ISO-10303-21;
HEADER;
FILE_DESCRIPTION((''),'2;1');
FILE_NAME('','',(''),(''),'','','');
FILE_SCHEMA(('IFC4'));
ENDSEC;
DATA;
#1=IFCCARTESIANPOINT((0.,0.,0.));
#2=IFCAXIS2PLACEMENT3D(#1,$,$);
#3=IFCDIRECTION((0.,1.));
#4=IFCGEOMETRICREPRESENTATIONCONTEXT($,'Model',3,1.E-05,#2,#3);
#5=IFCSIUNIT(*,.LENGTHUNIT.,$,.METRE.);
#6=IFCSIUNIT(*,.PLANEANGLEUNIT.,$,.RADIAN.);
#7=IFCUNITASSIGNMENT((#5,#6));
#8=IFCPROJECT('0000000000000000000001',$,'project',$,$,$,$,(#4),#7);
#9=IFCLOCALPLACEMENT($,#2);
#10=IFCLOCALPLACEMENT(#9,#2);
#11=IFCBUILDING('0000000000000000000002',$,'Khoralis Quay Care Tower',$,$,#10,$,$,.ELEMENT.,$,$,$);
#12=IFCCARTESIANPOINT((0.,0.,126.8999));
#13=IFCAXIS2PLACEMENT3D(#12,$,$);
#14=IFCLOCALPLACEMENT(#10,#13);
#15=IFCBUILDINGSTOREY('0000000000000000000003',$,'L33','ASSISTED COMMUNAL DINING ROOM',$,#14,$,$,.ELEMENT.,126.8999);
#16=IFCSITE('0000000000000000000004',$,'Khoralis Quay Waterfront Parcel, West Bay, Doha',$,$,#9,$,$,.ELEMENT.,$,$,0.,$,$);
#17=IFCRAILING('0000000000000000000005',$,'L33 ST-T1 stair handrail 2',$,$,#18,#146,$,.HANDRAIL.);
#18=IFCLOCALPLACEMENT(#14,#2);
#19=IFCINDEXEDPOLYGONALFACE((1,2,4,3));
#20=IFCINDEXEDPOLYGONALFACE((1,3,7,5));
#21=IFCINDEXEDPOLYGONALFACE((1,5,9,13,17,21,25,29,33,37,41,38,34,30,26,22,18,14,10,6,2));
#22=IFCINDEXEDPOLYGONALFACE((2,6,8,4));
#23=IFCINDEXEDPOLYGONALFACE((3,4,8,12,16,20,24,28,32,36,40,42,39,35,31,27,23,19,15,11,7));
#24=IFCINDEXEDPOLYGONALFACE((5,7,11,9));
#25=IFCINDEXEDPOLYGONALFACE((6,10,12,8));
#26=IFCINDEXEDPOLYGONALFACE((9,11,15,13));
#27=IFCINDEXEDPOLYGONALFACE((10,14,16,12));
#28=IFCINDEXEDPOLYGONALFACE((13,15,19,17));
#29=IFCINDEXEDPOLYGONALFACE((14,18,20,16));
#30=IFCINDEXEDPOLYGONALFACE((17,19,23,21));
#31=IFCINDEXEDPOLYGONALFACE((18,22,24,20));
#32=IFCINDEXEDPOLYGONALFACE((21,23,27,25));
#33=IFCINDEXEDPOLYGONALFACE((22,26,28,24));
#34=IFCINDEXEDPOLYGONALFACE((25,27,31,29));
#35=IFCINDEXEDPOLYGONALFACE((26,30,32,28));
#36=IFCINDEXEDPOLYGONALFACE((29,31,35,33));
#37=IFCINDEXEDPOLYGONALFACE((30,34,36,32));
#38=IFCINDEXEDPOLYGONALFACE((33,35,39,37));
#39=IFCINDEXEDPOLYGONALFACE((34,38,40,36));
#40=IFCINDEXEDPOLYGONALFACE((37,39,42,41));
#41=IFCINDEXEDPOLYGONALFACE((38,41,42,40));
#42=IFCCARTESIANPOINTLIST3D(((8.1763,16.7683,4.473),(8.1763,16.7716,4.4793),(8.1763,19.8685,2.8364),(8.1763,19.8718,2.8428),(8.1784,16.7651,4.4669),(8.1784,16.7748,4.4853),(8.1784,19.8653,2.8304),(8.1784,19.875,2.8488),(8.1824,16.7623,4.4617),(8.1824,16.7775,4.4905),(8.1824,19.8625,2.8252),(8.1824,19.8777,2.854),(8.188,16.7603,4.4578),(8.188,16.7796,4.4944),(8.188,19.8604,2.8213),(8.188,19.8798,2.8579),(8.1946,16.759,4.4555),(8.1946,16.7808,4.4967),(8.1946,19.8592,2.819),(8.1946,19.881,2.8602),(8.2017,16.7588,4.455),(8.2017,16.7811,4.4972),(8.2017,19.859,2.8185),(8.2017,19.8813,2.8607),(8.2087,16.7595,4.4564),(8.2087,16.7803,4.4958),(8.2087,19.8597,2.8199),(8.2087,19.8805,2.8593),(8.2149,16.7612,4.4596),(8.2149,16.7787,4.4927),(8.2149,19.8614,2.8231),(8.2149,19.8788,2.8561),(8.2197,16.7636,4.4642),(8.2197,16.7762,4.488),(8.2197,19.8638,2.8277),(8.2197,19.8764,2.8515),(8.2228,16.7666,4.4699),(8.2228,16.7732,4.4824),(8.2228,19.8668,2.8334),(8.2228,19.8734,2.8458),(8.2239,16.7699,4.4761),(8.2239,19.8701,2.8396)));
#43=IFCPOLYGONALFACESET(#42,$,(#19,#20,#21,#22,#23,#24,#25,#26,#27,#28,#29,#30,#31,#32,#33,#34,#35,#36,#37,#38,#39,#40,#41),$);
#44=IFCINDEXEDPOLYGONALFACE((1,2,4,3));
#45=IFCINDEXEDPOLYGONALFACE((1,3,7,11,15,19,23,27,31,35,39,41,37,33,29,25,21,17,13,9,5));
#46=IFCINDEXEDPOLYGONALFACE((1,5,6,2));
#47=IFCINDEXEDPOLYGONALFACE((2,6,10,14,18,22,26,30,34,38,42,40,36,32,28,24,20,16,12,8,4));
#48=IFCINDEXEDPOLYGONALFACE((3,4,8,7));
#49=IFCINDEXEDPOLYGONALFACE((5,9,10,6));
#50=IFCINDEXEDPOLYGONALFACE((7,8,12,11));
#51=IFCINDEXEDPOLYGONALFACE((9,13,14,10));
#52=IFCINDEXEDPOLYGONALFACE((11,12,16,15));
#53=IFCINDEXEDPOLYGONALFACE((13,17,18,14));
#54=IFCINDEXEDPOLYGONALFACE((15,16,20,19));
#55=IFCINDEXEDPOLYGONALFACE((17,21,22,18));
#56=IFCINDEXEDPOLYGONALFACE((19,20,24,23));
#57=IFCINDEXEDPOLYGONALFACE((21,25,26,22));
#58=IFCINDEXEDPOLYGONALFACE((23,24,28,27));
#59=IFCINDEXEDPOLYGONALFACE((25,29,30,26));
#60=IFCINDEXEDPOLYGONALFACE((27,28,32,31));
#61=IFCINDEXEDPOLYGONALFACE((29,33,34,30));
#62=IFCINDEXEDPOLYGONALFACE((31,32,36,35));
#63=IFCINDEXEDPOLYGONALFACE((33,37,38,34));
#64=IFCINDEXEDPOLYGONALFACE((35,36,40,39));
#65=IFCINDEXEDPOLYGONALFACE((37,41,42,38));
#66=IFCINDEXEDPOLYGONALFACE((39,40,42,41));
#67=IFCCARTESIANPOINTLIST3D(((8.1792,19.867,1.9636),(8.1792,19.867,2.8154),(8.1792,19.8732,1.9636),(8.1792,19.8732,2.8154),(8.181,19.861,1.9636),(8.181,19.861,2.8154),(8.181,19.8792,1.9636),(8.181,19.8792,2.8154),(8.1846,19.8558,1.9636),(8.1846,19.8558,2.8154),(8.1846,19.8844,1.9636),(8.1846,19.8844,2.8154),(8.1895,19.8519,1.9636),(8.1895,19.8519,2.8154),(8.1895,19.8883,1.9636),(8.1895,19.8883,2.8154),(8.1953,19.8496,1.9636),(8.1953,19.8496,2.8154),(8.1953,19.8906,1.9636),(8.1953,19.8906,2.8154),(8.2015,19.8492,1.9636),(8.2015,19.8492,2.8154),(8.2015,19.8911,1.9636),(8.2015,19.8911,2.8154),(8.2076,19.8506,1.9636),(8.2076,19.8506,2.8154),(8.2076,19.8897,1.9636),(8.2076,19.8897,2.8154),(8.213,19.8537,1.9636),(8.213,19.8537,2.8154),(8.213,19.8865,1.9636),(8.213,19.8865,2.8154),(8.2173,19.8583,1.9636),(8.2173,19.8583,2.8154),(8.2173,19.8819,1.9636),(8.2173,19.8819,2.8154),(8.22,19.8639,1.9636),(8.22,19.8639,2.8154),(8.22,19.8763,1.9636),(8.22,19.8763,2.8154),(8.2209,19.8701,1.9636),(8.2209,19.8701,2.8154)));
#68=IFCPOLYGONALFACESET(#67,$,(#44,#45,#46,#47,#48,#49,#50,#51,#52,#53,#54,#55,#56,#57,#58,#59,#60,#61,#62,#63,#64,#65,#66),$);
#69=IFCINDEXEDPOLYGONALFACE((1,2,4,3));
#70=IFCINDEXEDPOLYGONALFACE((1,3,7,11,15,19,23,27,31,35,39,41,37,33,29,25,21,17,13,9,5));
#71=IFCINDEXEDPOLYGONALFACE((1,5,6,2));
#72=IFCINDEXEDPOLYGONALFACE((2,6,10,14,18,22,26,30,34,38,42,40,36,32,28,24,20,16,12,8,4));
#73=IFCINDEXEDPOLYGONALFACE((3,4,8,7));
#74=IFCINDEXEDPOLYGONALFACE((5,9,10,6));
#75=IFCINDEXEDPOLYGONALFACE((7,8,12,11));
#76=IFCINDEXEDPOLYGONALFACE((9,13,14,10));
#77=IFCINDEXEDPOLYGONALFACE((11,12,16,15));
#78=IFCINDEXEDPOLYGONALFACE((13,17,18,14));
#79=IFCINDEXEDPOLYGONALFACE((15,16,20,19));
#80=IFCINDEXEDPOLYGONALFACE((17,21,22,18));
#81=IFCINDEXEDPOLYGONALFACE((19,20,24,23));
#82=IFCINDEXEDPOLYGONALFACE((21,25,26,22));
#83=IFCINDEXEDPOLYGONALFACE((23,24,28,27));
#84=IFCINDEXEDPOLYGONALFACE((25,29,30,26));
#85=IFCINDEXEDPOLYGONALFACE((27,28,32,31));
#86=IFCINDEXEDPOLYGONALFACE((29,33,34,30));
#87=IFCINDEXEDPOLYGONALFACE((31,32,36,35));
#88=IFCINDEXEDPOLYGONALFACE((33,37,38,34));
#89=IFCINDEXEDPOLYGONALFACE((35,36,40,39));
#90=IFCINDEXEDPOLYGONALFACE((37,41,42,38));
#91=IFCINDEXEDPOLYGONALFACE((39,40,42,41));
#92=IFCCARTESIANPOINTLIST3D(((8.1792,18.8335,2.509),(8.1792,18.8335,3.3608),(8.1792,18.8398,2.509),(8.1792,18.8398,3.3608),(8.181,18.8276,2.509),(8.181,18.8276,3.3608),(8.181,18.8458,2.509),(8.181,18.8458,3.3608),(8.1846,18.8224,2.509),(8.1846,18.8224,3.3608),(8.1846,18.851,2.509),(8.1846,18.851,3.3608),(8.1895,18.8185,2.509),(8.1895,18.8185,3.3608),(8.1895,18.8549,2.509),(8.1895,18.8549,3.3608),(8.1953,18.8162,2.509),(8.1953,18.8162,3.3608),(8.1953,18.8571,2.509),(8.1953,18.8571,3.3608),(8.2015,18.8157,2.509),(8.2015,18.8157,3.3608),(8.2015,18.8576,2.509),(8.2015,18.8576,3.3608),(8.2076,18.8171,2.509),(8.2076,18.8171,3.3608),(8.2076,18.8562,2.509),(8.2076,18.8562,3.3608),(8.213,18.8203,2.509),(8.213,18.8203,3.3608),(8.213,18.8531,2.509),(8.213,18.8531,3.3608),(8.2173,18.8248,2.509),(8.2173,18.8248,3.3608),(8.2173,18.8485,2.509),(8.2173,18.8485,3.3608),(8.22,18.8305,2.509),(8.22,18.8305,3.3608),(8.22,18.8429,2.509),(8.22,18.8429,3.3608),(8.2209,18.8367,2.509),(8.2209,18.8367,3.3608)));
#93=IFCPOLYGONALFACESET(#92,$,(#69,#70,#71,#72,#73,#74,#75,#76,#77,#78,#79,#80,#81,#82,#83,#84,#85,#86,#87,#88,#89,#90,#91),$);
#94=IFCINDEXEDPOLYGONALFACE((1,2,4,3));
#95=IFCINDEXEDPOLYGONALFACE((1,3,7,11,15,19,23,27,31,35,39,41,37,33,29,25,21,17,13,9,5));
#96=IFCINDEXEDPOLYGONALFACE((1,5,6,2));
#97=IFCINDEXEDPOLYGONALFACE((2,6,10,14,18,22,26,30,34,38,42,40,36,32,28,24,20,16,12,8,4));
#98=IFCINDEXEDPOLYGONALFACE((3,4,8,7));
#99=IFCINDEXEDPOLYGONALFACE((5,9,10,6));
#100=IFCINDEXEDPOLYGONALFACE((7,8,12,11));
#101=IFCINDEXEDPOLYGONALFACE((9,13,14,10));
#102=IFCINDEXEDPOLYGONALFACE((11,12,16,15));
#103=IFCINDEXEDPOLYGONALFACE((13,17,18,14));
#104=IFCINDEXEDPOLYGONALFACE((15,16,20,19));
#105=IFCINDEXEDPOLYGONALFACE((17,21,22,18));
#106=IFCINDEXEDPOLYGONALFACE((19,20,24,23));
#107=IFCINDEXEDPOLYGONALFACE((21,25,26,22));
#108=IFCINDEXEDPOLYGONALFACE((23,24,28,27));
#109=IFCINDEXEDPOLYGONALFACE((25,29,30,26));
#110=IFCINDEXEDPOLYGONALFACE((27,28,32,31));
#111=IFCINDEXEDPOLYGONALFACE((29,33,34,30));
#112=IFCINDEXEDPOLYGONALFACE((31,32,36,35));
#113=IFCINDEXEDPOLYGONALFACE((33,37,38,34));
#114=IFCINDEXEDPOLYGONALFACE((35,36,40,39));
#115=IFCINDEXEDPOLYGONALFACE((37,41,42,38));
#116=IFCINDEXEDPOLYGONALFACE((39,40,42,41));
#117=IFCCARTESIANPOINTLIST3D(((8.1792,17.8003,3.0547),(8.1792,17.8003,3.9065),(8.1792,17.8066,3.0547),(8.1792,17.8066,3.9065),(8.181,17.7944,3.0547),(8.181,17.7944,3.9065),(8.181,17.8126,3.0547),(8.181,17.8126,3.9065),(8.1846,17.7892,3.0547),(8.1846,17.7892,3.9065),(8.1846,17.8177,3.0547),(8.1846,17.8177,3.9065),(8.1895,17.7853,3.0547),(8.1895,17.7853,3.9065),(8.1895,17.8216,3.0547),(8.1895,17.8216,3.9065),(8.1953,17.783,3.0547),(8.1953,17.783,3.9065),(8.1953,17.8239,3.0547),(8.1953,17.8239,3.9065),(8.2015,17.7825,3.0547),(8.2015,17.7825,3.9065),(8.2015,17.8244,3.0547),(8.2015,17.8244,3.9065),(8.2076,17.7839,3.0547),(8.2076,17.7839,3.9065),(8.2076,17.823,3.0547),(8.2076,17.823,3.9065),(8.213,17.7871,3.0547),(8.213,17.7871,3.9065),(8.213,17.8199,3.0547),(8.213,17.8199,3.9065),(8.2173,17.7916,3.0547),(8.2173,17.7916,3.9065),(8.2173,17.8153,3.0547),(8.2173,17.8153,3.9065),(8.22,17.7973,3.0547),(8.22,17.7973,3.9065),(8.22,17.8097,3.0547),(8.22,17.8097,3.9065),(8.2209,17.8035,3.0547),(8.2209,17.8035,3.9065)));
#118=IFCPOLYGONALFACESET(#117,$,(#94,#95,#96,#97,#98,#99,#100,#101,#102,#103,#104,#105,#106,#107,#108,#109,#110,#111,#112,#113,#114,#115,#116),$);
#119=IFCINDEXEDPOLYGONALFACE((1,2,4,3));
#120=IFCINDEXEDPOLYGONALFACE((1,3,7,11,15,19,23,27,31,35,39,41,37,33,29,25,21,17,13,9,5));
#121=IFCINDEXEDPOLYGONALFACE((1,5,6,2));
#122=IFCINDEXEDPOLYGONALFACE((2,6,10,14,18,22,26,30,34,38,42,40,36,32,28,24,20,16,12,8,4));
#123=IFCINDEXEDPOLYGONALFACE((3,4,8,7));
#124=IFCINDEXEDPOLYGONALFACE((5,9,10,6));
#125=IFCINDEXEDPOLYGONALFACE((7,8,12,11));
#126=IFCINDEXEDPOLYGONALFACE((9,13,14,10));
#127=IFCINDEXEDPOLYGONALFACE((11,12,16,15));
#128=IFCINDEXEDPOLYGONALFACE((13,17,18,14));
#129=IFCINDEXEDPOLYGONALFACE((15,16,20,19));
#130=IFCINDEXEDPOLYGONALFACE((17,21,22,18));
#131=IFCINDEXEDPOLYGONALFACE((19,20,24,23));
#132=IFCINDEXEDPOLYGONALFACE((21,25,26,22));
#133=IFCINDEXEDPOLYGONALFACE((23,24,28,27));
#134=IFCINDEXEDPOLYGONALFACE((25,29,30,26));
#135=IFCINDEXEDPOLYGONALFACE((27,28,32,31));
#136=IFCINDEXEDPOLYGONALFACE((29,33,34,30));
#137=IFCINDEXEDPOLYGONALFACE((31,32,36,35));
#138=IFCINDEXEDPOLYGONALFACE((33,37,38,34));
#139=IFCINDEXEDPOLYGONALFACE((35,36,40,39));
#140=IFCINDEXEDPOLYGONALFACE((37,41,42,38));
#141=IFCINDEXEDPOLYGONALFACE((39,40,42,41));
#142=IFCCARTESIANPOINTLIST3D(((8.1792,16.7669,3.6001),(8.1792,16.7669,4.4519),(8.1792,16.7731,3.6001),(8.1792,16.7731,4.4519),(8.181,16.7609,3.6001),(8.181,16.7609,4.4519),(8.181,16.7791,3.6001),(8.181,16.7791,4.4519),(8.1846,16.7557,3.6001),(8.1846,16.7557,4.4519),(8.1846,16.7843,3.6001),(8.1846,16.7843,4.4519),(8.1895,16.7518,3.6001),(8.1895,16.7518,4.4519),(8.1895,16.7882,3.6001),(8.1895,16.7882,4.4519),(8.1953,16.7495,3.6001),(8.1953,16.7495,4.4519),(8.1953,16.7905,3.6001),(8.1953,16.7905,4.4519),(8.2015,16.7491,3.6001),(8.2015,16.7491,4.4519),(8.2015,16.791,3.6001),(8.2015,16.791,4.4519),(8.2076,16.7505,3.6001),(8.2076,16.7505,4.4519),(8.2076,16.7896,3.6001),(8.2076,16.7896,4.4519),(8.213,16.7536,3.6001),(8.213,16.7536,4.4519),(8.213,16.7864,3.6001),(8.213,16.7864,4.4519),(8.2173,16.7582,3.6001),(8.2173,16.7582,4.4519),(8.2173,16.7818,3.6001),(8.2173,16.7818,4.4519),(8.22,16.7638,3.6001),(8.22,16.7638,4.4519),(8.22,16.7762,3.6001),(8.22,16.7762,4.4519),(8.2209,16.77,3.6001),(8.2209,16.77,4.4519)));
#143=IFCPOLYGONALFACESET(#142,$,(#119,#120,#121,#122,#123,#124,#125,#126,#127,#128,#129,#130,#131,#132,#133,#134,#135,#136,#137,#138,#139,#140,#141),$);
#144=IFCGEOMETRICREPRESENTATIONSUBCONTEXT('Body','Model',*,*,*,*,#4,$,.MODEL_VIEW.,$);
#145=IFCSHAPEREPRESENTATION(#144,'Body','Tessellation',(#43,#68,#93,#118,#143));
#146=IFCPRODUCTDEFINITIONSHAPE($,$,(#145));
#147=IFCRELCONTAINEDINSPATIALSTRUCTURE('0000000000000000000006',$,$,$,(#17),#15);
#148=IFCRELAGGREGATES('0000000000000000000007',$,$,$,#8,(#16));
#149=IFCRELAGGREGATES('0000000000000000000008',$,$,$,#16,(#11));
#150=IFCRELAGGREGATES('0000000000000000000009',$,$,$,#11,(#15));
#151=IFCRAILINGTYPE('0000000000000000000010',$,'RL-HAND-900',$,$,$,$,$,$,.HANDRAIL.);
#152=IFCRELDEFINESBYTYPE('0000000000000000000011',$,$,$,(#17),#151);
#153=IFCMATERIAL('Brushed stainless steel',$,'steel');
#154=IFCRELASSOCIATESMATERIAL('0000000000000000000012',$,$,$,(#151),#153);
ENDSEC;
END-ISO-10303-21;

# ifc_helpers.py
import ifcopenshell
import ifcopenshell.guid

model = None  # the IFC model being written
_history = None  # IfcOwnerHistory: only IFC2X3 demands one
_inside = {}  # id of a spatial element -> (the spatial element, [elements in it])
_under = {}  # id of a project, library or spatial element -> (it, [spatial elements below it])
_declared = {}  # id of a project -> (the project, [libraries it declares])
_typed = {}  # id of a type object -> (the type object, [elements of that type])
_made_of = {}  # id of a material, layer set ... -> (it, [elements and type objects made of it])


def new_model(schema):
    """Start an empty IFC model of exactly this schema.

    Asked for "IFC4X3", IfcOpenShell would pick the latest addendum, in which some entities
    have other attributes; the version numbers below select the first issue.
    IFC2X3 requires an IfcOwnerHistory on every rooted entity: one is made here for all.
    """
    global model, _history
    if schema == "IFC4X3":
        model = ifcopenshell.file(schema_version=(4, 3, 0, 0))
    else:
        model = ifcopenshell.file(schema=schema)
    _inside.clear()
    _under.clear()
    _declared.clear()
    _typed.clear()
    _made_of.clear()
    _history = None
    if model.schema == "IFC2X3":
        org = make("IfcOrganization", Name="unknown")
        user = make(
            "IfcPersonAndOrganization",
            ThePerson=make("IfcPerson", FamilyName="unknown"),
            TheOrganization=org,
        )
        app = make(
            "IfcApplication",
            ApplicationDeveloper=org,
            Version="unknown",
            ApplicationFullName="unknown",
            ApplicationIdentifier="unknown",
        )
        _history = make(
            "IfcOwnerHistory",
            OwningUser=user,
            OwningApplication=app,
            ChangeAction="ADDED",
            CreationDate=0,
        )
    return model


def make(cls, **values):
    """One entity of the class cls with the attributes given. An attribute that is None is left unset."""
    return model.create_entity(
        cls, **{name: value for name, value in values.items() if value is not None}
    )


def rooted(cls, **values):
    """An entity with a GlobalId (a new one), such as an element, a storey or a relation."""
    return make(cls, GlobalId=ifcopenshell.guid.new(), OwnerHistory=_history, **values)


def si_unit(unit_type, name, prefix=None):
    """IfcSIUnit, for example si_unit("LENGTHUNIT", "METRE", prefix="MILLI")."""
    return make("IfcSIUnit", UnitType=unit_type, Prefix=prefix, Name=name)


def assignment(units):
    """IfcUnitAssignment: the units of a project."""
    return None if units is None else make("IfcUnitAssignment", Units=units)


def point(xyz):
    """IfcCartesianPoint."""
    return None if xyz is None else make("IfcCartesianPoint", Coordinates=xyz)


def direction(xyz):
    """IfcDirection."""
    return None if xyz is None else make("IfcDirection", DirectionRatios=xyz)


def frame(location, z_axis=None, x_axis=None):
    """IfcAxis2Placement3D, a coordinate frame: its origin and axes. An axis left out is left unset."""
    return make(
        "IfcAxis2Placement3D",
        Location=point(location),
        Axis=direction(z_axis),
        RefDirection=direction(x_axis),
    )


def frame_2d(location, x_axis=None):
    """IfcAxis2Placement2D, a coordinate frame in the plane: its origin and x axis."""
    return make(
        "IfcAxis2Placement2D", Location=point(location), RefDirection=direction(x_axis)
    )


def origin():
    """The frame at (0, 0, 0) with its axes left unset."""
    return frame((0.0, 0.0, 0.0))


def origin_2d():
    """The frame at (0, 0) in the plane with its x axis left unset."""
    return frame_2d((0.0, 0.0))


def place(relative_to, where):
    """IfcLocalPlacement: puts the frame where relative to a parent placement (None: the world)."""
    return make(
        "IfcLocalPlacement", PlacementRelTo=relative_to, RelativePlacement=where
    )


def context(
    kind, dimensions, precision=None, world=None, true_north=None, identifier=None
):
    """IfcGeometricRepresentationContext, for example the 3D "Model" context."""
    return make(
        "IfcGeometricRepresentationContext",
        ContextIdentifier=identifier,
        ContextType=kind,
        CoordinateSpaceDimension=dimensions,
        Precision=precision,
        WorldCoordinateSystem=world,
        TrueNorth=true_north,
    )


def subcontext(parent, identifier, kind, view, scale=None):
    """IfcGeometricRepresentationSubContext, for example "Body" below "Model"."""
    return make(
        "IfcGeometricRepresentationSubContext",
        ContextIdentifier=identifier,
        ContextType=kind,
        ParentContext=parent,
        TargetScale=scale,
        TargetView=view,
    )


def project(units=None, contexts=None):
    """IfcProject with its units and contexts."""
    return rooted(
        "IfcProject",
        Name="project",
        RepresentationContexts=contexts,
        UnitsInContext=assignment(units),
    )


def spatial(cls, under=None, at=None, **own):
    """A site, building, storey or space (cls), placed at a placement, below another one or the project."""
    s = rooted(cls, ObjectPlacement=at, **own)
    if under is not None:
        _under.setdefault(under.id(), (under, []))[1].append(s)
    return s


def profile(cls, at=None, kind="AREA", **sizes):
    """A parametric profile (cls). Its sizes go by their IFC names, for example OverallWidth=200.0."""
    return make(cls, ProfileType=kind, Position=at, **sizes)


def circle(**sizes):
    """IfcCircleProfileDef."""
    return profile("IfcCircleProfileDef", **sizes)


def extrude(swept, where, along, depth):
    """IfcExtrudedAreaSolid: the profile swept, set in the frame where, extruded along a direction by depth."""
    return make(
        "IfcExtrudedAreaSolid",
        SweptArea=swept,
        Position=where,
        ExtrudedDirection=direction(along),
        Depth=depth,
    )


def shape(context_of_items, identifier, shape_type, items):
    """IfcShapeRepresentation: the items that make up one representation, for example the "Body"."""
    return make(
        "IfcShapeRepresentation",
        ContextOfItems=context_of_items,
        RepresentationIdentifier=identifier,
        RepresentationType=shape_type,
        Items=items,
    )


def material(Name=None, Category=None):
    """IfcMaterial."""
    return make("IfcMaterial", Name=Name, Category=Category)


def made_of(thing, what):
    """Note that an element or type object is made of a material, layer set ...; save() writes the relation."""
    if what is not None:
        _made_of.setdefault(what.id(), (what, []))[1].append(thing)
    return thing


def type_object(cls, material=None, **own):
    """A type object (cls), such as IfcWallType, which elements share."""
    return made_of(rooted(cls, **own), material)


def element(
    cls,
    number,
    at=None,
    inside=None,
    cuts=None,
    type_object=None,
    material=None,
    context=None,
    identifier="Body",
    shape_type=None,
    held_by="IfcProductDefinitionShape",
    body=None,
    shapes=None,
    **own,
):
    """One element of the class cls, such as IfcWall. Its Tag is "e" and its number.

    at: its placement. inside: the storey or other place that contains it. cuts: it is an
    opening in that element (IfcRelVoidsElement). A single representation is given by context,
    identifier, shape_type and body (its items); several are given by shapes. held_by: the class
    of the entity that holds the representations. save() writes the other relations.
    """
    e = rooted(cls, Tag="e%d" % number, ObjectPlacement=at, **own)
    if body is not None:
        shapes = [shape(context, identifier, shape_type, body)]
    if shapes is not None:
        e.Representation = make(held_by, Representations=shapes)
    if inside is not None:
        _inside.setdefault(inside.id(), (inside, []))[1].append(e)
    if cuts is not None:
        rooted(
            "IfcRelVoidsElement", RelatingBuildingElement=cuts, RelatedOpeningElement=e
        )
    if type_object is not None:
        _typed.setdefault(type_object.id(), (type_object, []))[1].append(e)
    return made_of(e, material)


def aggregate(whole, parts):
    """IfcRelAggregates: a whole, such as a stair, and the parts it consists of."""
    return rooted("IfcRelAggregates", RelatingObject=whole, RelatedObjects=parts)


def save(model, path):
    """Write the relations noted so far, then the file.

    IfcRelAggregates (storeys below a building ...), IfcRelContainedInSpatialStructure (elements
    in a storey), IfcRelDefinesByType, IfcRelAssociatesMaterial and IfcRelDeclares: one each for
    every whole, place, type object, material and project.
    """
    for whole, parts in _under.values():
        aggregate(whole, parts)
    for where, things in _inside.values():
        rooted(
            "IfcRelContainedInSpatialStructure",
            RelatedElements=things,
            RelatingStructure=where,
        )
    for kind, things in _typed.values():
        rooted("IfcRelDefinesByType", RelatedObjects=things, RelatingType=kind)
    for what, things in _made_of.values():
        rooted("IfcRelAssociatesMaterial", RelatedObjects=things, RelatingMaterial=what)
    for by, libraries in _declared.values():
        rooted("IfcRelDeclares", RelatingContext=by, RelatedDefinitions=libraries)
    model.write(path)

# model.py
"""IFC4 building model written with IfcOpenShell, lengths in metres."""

from ifc_helpers import new_model, si_unit, direction, frame, origin, origin_2d, place, context, subcontext, project, spatial, circle, extrude, material, type_object, element, save


model = new_model("IFC4")

# Units and contexts
model_context = context("Model", 3, precision=1e-05, world=origin(), true_north=direction((0.0, 1.0)))
body_context = subcontext(model_context, "Body", "Model", "MODEL_VIEW")
ifc_project = project(units=[si_unit("LENGTHUNIT", "METRE"), si_unit("PLANEANGLEUNIT", "RADIAN")], contexts=[model_context])

# Site, building, storey
site_placement = place(None, origin())
site = spatial("IfcSite", under=ifc_project, at=site_placement, Name="Khoralis Quay Waterfront Parcel, West Bay, Doha", CompositionType="ELEMENT", RefElevation=0.0)
building_placement = place(site_placement, origin())
building = spatial("IfcBuilding", under=site, at=building_placement, Name="Khoralis Quay Care Tower", CompositionType="ELEMENT")
storey_placement = place(building_placement, frame((0.0, 0.0, 126.8999)))
storey = spatial("IfcBuildingStorey", under=building, at=storey_placement, Name="L33", Description="ASSISTED COMMUNAL DINING ROOM", CompositionType="ELEMENT", Elevation=126.8999)

# Shared definitions
ifc_material_1 = material(Name="Brushed stainless steel", Category="steel")

# Railing
railing_type_1 = type_object("IfcRailingType", Name="RL-HAND-900", PredefinedType="HANDRAIL", material=ifc_material_1)
railing_1_placement = place(storey_placement, frame((8.2, 19.8701, 1.9636)))
element("IfcRailing", 1, at=railing_1_placement, inside=storey, type_object=railing_type_1, Name="L33 ST-T1 stair handrail 2", PredefinedType="HANDRAIL", context=body_context, shape_type="SweptSolid", body=[
    extrude(circle(Radius=0.0239, at=origin_2d()), frame((0.0, 0.0, 0.876), z_axis=(0.0, -0.884348, 0.466828), x_axis=(1.0, 0.0, 0.0)), (0.0, 0.0, 1.0), 3.5056),
    extrude(circle(Radius=0.021, at=origin_2d()), origin(), (0.0, 0.0, 1.0), 0.8518),
    extrude(circle(Radius=0.021, at=origin_2d()), frame((0.0, -1.0334, 0.5454)), (0.0, 0.0, 1.0), 0.8518),
    extrude(circle(Radius=0.021, at=origin_2d()), frame((0.0, -2.0667, 1.0911)), (0.0, 0.0, 1.0), 0.8518),
    extrude(circle(Radius=0.021, at=origin_2d()), frame((0.0, -3.1001, 1.6365)), (0.0, 0.0, 1.0), 0.8518),
])

save(model, "model.ifc")
